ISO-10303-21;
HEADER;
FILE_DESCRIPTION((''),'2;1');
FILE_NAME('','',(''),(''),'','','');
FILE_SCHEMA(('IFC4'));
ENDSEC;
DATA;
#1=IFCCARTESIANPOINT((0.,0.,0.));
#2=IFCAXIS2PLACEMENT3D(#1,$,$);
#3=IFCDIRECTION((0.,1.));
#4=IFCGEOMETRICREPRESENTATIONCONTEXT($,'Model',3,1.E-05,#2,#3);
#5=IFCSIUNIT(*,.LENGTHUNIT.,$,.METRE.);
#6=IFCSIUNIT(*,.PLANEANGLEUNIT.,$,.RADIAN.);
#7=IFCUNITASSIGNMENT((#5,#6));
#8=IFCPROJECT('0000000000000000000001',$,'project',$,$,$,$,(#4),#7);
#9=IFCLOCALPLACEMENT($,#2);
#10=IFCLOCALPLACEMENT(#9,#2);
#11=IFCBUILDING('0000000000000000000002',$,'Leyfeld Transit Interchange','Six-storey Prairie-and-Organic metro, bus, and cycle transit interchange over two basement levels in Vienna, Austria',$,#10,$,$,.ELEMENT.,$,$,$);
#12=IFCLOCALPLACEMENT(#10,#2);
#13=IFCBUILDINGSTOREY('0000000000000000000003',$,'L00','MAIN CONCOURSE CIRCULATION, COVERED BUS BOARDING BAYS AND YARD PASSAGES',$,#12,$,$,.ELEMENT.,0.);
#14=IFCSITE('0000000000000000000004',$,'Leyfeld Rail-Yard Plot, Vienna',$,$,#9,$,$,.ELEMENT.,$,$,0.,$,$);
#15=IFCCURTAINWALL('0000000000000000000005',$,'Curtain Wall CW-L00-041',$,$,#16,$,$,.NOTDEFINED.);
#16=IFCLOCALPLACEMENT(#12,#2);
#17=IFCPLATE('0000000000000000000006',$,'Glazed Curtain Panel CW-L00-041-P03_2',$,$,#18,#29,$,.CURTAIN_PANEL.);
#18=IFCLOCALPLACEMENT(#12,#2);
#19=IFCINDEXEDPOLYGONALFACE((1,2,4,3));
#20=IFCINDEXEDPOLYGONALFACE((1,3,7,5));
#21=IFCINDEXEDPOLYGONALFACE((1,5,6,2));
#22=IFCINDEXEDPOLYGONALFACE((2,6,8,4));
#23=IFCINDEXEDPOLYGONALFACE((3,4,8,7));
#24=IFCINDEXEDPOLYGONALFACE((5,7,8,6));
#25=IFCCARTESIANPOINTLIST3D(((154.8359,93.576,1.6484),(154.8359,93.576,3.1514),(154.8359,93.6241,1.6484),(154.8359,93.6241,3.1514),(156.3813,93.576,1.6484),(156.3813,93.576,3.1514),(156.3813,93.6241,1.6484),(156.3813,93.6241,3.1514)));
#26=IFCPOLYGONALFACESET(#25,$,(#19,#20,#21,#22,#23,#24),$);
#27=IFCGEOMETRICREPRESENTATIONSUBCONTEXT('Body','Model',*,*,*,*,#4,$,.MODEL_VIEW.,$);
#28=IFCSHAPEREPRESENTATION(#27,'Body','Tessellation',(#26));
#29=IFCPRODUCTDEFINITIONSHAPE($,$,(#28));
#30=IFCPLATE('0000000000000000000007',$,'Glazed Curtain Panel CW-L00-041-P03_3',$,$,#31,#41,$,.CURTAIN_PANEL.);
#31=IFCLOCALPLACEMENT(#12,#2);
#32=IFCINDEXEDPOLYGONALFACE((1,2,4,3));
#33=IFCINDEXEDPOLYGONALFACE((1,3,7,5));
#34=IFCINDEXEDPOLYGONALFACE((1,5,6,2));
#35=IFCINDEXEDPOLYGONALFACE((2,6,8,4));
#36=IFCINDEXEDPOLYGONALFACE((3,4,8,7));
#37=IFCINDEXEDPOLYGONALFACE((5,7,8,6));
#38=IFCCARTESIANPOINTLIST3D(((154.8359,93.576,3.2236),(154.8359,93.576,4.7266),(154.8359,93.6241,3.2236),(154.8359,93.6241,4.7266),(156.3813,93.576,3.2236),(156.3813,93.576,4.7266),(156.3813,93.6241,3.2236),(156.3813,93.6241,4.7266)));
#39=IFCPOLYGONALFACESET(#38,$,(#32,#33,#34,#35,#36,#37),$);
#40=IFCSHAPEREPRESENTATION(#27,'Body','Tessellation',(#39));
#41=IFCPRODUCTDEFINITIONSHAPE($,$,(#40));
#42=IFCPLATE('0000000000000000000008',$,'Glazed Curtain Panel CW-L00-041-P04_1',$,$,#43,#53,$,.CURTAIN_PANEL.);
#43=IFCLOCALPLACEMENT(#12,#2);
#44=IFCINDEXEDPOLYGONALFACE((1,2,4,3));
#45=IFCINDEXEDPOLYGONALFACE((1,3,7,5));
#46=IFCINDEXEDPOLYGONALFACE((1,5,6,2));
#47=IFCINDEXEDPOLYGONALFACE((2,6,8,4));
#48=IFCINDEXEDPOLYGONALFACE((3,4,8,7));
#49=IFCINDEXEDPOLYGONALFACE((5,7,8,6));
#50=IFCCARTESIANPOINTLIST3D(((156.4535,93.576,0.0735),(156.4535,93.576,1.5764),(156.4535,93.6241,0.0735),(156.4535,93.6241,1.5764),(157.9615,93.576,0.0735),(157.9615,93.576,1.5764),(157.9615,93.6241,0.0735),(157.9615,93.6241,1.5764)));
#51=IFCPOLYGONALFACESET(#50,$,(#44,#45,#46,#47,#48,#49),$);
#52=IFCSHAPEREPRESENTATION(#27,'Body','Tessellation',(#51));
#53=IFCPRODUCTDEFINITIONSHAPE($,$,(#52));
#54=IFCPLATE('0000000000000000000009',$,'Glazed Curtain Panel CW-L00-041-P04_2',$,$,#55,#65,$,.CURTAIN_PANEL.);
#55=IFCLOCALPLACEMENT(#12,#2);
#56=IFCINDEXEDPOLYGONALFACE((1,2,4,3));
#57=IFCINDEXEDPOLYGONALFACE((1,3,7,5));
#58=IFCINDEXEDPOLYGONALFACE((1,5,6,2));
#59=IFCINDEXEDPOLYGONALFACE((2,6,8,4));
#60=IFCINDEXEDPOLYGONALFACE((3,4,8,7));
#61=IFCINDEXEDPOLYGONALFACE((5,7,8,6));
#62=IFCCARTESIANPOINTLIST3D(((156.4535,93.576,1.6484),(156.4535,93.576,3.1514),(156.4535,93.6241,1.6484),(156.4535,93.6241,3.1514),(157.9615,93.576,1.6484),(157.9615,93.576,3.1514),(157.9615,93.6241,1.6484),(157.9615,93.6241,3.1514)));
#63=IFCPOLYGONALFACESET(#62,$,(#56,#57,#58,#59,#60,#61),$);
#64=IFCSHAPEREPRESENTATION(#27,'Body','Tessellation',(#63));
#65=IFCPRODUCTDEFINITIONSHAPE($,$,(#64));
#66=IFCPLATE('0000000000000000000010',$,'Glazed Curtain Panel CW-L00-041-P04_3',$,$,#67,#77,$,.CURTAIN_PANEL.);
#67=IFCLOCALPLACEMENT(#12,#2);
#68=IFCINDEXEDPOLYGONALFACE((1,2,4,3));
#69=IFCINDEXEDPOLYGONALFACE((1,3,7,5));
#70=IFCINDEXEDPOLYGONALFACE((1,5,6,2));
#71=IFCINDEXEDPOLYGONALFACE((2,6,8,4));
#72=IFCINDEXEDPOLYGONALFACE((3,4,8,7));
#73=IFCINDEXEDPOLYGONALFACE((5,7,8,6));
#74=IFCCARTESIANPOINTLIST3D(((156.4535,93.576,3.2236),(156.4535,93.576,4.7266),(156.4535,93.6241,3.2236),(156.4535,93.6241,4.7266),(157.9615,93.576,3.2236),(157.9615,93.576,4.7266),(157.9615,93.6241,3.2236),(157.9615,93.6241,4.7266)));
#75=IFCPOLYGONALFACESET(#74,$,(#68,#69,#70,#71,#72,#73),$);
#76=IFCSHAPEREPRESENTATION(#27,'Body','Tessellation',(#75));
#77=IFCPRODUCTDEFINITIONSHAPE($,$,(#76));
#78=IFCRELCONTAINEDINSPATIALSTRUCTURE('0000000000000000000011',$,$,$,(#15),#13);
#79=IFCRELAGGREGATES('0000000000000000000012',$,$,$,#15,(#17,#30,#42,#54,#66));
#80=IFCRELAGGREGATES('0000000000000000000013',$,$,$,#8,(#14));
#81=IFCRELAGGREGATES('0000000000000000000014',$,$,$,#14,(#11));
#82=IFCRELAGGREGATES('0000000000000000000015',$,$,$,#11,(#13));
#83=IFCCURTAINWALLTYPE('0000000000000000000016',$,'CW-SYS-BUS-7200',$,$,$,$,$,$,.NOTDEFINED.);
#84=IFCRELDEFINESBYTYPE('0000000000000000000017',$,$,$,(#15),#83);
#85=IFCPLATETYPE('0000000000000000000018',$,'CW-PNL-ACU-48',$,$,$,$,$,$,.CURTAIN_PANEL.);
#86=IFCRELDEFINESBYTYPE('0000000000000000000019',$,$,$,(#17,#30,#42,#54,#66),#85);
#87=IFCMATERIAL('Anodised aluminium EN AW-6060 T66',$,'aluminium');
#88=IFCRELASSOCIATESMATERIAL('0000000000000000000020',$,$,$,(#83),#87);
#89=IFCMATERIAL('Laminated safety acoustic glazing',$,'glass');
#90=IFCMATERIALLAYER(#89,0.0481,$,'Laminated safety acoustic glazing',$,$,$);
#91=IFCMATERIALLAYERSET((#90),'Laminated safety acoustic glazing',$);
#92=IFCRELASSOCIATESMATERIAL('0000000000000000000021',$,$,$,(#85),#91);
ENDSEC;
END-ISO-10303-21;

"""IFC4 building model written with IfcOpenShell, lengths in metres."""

from ifc_helpers import new_model, si_unit, direction, frame, origin, origin_2d, place, context, subcontext, project, spatial, rectangle, extrude, material, layer, layer_set, type_object, element, aggregate, save


model = new_model("IFC4")

# Units and contexts
model_context = context("Model", 3, precision=1e-05, world=origin(), true_north=direction((0.0, 1.0)))
body_context = subcontext(model_context, "Body", "Model", "MODEL_VIEW")
ifc_project = project(units=[si_unit("LENGTHUNIT", "METRE"), si_unit("PLANEANGLEUNIT", "RADIAN")], contexts=[model_context])

# Site, building, storey
site_placement = place(None, origin())
site = spatial("IfcSite", under=ifc_project, at=site_placement, Name="Leyfeld Rail-Yard Plot, Vienna", CompositionType="ELEMENT", RefElevation=0.0)
building_placement = place(site_placement, origin())
building = spatial("IfcBuilding", under=site, at=building_placement, Name="Leyfeld Transit Interchange", Description="Six-storey Prairie-and-Organic metro, bus, and cycle transit interchange over two basement levels in Vienna, Austria", CompositionType="ELEMENT")
storey_placement = place(building_placement, origin())
storey = spatial("IfcBuildingStorey", under=building, at=storey_placement, Name="L00", Description="MAIN CONCOURSE CIRCULATION, COVERED BUS BOARDING BAYS AND YARD PASSAGES", CompositionType="ELEMENT", Elevation=0.0)

# Curtain wall, plates
ifc_material_1 = material(Name="Anodised aluminium EN AW-6060 T66", Category="aluminium")
curtain_wall_type = type_object("IfcCurtainWallType", Name="CW-SYS-BUS-7200", PredefinedType="NOTDEFINED", material=ifc_material_1)
curtain_wall_placement = place(storey_placement, origin())
curtain_wall = element("IfcCurtainWall", 1, at=curtain_wall_placement, inside=storey, type_object=curtain_wall_type, Name="Curtain Wall CW-L00-041", PredefinedType="NOTDEFINED")
ifc_material_2 = material(Name="Laminated safety acoustic glazing", Category="glass")
ifc_layer = layer(ifc_material_2, 0.0481, Name="Laminated safety acoustic glazing")
ifc_layer_set = layer_set([ifc_layer], Name="Laminated safety acoustic glazing")
plate_type = type_object("IfcPlateType", Name="CW-PNL-ACU-48", PredefinedType="CURTAIN_PANEL", material=ifc_layer_set)
plate_1_placement = place(storey_placement, frame((155.6086, 93.6001, 1.6484), z_axis=(0.0, 0.0, 1.0), x_axis=(1.0, 0.0, 0.0)))
plate_1 = element("IfcPlate", 2, at=plate_1_placement, type_object=plate_type, Name="Glazed Curtain Panel CW-L00-041-P03_2", PredefinedType="CURTAIN_PANEL", context=body_context, shape_type="SweptSolid", body=[
    extrude(rectangle(XDim=1.5454, YDim=0.0481, at=origin_2d()), origin(), (0.0, 0.0, 1.0), 1.5029),
])
plate_2_placement = place(storey_placement, frame((155.6086, 93.6001, 3.2236), z_axis=(0.0, 0.0, 1.0), x_axis=(1.0, 0.0, 0.0)))
plate_2 = element("IfcPlate", 3, at=plate_2_placement, type_object=plate_type, Name="Glazed Curtain Panel CW-L00-041-P03_3", PredefinedType="CURTAIN_PANEL", context=body_context, shape_type="SweptSolid", body=[
    extrude(rectangle(XDim=1.5454, YDim=0.0481, at=origin_2d()), origin(), (0.0, 0.0, 1.0), 1.5029),
])
plate_3_placement = place(storey_placement, frame((157.2075, 93.6001, 0.0735), z_axis=(0.0, 0.0, 1.0), x_axis=(1.0, 0.0, 0.0)))
plate_3 = element("IfcPlate", 4, at=plate_3_placement, type_object=plate_type, Name="Glazed Curtain Panel CW-L00-041-P04_1", PredefinedType="CURTAIN_PANEL", context=body_context, shape_type="SweptSolid", body=[
    extrude(rectangle(XDim=1.5081, YDim=0.0481, at=origin_2d()), origin(), (0.0, 0.0, 1.0), 1.5029),
])
plate_4_placement = place(storey_placement, frame((157.2075, 93.6001, 1.6484), z_axis=(0.0, 0.0, 1.0), x_axis=(1.0, 0.0, 0.0)))
plate_4 = element("IfcPlate", 5, at=plate_4_placement, type_object=plate_type, Name="Glazed Curtain Panel CW-L00-041-P04_2", PredefinedType="CURTAIN_PANEL", context=body_context, shape_type="SweptSolid", body=[
    extrude(rectangle(XDim=1.5081, YDim=0.0481, at=origin_2d()), origin(), (0.0, 0.0, 1.0), 1.5029),
])
plate_5_placement = place(storey_placement, frame((157.2075, 93.6001, 3.2236), z_axis=(0.0, 0.0, 1.0), x_axis=(1.0, 0.0, 0.0)))
plate_5 = element("IfcPlate", 6, at=plate_5_placement, type_object=plate_type, Name="Glazed Curtain Panel CW-L00-041-P04_3", PredefinedType="CURTAIN_PANEL", context=body_context, shape_type="SweptSolid", body=[
    extrude(rectangle(XDim=1.5081, YDim=0.0481, at=origin_2d()), origin(), (0.0, 0.0, 1.0), 1.5029),
])
aggregate(curtain_wall, [plate_1, plate_2, plate_3, plate_4, plate_5])

save(model, "model.ifc")
